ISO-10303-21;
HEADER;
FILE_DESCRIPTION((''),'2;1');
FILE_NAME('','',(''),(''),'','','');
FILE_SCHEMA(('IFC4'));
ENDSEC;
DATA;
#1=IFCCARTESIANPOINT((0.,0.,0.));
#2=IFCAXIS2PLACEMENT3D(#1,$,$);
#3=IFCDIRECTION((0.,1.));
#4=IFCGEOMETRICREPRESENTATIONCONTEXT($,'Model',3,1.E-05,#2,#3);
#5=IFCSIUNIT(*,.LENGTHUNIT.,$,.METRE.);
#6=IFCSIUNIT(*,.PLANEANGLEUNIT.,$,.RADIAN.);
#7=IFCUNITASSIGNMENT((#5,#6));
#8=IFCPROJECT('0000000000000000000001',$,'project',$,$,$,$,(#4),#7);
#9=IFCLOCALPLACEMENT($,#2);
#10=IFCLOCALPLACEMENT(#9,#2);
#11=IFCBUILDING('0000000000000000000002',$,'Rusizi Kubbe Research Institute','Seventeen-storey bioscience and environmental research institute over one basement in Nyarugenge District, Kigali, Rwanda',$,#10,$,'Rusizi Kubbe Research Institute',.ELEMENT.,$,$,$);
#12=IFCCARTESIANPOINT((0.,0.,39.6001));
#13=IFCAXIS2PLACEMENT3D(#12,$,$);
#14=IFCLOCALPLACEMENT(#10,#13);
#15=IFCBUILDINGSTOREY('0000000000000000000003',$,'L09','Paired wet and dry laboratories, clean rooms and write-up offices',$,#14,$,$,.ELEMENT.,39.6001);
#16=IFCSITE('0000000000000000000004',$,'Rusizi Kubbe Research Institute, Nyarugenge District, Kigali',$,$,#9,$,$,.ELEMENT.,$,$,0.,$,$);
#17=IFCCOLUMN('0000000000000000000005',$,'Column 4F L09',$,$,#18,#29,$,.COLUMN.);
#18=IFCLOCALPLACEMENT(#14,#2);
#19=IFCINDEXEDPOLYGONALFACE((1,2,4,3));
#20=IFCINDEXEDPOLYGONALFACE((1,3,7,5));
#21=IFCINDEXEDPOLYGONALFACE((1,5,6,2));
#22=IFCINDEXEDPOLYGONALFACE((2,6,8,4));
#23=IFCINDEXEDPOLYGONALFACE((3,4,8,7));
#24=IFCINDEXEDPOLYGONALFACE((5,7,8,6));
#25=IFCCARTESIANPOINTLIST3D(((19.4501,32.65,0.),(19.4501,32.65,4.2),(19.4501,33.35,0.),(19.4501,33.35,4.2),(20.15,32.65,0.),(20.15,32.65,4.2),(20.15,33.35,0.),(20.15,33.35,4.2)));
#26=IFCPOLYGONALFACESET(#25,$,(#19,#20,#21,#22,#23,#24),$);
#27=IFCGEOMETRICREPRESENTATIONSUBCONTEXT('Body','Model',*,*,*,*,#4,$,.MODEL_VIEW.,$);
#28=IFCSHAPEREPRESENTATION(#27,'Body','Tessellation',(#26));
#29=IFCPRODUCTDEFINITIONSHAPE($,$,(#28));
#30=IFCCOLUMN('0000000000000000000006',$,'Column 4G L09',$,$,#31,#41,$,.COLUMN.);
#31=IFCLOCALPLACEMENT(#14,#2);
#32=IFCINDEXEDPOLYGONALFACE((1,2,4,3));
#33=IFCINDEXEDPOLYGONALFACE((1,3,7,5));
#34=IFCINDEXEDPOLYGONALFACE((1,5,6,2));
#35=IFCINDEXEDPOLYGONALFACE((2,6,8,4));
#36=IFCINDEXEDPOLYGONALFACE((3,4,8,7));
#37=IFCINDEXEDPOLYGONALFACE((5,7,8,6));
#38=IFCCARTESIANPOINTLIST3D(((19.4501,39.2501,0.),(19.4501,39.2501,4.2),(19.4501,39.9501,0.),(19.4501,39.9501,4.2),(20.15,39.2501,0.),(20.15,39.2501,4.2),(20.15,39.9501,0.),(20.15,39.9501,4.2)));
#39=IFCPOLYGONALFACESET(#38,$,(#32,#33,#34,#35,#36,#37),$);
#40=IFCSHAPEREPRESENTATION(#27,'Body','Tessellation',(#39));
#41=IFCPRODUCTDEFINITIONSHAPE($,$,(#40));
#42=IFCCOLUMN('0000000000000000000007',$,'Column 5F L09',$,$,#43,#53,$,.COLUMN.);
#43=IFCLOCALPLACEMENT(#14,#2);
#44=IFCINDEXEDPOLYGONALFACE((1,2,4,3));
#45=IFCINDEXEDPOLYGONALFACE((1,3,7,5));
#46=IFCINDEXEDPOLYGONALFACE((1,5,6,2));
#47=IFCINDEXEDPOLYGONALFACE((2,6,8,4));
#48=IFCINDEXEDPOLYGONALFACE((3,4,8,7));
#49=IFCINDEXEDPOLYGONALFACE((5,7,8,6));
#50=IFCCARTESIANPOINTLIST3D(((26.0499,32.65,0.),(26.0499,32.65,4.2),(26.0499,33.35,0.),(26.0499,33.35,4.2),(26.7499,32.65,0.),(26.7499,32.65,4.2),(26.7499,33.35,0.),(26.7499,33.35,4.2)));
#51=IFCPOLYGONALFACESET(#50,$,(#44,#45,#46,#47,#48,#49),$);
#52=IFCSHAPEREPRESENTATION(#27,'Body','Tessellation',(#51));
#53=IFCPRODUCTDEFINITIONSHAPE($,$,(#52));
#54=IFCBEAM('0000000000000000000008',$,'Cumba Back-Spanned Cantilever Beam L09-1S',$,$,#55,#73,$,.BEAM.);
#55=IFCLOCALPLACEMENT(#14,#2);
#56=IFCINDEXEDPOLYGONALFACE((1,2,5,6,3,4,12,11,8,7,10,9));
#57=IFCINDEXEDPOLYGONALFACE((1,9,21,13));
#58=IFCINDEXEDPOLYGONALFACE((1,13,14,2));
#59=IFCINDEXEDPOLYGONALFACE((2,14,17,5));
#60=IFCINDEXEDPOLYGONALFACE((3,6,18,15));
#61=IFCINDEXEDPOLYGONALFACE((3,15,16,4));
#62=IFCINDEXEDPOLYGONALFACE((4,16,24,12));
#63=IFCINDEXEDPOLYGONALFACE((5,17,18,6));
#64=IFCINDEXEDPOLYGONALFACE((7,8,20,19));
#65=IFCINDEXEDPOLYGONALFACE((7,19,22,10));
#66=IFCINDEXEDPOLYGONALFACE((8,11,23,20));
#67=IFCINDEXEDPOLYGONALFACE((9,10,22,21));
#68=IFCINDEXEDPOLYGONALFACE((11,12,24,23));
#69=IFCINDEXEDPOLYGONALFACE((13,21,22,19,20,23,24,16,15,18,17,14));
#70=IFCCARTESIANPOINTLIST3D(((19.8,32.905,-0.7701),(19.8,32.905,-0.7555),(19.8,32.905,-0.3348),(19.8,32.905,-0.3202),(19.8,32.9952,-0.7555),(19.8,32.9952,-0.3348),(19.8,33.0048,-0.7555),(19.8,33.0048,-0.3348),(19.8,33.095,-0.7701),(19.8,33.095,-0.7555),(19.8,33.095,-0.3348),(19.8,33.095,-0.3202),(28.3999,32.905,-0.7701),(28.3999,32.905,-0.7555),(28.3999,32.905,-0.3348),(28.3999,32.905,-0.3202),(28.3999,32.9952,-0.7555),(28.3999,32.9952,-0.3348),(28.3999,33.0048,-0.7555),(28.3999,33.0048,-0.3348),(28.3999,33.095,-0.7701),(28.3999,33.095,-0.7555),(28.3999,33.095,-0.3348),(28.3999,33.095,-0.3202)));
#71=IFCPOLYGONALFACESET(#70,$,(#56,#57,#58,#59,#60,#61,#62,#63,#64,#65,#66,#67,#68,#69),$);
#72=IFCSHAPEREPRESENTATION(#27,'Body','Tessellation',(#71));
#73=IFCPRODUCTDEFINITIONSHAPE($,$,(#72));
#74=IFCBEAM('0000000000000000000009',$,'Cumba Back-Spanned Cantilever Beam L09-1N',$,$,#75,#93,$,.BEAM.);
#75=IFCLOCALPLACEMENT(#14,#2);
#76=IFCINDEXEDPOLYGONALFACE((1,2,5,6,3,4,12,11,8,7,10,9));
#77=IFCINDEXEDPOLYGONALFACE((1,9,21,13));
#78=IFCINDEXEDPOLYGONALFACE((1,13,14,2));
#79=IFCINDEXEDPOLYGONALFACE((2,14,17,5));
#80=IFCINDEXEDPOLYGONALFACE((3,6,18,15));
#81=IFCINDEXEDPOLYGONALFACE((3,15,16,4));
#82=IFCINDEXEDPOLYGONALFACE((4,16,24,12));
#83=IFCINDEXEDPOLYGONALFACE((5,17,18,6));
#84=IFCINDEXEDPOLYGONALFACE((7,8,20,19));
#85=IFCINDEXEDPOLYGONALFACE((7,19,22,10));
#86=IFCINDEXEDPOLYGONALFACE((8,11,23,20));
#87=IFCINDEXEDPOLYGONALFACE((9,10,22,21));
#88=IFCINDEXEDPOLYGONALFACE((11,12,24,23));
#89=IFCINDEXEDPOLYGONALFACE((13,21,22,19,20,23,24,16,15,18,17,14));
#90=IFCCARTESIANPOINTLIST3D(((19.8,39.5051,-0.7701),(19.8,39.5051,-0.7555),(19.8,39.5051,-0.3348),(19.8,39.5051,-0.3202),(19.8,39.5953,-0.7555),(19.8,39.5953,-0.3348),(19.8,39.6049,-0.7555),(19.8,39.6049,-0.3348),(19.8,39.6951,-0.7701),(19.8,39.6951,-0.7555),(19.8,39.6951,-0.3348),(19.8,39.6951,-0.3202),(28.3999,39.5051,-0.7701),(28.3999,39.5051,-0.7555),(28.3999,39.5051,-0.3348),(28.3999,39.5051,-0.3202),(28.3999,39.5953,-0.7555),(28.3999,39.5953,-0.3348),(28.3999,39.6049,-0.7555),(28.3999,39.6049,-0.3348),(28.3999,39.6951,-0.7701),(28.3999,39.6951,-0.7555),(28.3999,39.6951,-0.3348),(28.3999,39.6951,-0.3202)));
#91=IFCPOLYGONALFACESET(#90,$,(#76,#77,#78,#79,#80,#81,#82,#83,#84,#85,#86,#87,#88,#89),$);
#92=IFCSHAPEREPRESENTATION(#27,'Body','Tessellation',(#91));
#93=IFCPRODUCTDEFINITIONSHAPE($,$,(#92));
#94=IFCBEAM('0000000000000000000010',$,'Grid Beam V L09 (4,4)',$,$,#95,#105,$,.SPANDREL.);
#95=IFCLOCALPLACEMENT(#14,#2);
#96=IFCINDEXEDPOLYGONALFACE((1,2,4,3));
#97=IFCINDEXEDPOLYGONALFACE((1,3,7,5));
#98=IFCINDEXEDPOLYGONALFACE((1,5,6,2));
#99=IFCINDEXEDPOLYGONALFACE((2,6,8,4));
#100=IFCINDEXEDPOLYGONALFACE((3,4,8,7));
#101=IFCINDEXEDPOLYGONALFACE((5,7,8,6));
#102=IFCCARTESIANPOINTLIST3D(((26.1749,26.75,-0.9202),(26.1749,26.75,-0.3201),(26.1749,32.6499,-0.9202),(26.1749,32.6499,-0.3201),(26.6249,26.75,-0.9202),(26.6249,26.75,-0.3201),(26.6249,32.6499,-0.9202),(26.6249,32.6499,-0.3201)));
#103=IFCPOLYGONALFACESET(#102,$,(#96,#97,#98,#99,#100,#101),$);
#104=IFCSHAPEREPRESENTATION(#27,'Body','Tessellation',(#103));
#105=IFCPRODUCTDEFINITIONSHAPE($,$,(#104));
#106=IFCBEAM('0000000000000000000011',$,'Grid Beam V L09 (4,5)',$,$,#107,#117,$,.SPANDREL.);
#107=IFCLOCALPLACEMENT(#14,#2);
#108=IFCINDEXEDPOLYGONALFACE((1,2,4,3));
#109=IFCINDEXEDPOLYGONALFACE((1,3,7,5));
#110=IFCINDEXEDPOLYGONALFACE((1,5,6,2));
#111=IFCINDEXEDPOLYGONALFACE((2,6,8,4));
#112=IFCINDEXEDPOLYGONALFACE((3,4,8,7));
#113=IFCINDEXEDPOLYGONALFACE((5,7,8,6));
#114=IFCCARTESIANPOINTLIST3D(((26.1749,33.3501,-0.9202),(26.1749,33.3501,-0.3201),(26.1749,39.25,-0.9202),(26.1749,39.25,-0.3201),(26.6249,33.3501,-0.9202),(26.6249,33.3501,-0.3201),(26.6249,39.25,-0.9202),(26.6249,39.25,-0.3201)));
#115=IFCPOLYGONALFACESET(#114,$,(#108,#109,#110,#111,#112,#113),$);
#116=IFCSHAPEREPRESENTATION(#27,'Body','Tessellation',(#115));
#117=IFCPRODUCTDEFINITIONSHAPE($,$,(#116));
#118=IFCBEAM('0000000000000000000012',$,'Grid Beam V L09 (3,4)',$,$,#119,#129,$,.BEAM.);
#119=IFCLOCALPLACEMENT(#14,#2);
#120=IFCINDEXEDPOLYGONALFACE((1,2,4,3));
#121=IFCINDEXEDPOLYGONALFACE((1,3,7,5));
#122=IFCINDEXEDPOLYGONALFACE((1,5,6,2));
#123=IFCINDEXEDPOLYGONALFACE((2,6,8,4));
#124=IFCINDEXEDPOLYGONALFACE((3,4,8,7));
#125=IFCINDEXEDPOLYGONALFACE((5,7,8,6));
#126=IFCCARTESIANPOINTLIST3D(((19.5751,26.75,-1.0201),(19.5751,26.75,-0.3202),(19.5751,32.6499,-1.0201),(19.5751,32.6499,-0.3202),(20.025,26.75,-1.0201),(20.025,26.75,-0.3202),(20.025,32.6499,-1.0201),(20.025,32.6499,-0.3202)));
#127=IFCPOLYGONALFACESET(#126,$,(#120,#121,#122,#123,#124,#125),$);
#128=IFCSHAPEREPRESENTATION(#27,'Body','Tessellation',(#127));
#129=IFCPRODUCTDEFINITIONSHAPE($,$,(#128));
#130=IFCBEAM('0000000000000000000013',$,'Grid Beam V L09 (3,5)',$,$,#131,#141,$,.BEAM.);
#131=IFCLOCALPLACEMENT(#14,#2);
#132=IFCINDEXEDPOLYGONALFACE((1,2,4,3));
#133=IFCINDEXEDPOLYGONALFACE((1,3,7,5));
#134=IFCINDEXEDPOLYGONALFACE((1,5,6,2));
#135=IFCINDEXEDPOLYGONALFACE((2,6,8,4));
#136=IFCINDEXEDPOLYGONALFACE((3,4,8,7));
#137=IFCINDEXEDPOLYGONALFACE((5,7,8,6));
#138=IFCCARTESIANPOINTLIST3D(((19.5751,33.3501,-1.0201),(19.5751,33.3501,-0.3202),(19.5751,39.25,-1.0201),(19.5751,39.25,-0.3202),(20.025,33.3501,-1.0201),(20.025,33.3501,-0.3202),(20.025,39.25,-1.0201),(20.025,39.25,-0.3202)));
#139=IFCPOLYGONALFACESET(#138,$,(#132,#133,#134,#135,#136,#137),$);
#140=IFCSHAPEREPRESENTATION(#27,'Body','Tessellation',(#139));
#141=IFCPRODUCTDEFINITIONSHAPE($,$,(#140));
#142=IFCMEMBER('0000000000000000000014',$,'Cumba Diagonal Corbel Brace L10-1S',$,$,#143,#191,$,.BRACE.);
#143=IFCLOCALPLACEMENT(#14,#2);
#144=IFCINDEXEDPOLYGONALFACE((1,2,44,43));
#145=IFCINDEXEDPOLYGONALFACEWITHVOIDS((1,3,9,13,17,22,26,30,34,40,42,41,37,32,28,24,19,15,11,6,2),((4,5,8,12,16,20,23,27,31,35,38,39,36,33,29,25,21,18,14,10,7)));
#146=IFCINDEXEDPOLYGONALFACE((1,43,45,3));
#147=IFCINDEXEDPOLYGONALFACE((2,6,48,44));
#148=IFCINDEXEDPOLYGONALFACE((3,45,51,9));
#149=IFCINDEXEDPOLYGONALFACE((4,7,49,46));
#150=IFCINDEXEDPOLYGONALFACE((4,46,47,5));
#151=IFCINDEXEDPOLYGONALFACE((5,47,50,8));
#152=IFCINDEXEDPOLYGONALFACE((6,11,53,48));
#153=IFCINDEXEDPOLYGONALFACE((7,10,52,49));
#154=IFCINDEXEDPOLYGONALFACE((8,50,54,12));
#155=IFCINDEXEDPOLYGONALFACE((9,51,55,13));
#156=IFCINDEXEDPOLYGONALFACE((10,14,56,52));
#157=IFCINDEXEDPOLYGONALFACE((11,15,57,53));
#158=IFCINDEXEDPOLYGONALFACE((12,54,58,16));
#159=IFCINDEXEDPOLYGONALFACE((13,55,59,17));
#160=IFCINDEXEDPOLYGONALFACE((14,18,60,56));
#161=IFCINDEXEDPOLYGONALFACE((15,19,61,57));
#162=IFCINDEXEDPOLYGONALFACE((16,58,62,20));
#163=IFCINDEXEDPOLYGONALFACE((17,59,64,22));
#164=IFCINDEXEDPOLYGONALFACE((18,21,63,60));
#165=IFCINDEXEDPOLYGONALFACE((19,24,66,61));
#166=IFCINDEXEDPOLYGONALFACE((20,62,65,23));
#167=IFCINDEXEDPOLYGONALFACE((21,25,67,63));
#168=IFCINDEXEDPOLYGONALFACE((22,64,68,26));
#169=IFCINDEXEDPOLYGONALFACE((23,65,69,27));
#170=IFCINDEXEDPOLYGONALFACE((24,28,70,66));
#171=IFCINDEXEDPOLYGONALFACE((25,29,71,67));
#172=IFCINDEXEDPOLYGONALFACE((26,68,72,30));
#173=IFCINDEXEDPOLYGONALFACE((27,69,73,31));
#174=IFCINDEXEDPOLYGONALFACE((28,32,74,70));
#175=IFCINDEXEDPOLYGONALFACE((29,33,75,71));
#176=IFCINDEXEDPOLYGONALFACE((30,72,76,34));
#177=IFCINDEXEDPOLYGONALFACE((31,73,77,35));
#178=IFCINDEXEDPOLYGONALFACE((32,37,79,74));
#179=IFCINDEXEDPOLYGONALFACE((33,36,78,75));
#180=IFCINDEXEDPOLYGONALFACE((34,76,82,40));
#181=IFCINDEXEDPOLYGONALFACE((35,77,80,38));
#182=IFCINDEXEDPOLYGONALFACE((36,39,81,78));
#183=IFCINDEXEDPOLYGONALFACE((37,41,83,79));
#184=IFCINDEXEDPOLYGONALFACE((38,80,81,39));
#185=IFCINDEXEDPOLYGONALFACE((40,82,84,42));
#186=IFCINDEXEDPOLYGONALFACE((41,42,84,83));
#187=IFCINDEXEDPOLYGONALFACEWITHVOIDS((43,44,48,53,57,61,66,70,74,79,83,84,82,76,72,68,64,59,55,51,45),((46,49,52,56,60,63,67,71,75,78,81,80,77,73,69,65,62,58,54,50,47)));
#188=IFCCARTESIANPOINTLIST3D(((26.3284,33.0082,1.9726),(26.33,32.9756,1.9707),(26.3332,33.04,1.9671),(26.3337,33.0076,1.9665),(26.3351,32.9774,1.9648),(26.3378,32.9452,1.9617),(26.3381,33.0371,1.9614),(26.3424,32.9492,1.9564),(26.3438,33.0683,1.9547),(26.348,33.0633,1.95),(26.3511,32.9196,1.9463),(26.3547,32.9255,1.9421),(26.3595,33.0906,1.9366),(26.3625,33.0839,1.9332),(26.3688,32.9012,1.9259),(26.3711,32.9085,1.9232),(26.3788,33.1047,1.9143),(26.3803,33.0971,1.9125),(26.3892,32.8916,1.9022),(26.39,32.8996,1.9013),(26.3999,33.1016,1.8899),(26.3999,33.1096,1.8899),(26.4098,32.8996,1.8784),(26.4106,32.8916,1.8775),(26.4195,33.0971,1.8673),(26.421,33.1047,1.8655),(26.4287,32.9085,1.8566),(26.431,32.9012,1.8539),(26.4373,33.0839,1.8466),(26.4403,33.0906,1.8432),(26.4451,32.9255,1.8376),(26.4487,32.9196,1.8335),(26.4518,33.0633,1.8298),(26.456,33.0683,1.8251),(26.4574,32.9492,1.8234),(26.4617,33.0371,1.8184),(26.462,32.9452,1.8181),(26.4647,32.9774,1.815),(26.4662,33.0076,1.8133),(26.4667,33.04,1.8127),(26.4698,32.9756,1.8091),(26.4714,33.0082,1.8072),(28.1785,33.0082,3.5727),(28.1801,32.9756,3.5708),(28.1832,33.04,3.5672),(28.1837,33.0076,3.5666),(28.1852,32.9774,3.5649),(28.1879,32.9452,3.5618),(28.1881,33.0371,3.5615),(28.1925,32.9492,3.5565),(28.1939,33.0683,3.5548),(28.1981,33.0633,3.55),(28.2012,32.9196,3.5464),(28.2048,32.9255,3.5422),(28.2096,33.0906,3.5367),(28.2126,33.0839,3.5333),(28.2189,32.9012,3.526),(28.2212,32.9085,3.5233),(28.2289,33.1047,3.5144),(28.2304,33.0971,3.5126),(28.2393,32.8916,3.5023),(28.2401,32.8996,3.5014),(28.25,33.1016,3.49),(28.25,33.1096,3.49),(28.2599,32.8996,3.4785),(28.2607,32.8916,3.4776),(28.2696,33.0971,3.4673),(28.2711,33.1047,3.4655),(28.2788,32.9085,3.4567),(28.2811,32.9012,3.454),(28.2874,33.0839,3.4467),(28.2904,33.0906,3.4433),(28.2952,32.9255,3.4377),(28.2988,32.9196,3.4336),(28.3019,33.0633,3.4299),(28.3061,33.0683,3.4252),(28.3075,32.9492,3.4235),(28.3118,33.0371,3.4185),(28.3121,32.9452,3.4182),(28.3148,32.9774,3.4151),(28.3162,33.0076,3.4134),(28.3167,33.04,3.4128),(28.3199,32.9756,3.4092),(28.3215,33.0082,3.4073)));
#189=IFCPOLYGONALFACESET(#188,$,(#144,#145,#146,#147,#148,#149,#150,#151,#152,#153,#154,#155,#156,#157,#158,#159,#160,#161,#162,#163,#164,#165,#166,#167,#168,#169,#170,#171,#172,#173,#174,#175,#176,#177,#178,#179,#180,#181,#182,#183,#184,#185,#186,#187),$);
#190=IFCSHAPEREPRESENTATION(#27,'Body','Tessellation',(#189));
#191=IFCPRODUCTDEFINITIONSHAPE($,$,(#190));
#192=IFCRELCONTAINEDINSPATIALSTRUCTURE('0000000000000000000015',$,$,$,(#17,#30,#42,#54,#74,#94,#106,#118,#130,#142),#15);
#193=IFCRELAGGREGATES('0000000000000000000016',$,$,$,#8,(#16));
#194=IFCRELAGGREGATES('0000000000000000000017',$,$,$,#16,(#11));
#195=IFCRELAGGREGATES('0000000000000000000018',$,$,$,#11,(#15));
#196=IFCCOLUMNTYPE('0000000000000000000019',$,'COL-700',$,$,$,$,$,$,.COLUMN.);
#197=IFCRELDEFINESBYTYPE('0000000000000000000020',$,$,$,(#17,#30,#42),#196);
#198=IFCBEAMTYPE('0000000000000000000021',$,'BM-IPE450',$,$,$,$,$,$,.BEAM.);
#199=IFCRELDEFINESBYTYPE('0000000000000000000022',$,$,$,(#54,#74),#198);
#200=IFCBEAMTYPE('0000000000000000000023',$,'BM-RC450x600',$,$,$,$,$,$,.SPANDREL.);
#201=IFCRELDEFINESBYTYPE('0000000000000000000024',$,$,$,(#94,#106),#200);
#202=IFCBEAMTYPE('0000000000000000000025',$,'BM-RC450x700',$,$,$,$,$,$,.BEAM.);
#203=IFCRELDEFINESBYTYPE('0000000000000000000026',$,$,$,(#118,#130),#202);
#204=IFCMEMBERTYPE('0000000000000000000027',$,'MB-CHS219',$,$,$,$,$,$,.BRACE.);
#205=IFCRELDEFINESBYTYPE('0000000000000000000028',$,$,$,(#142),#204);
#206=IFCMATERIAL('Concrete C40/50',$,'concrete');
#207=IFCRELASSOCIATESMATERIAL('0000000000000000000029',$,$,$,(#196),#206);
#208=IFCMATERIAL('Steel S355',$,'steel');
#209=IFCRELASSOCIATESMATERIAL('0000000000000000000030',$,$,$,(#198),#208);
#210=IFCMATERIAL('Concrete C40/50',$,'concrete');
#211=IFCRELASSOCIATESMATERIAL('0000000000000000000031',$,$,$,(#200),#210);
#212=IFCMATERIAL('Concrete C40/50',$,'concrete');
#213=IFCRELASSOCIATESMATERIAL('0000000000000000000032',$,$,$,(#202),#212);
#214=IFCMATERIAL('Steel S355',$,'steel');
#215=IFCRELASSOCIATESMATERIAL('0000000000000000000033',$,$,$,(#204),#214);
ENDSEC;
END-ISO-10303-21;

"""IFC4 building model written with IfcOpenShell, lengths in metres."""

from ifc_helpers import new_model, si_unit, direction, frame, origin, origin_2d, place, context, subcontext, project, spatial, rectangle, hollow_circle, i_section, extrude, material, material_profile, profile_set, type_object, element, save


model = new_model("IFC4")

# Units and contexts
model_context = context("Model", 3, precision=1e-05, world=origin(), true_north=direction((0.0, 1.0)))
body_context = subcontext(model_context, "Body", "Model", "MODEL_VIEW")
ifc_project = project(units=[si_unit("LENGTHUNIT", "METRE"), si_unit("PLANEANGLEUNIT", "RADIAN")], contexts=[model_context])

# Site, building, storey
site_placement = place(None, origin())
site = spatial("IfcSite", under=ifc_project, at=site_placement, Name="Rusizi Kubbe Research Institute, Nyarugenge District, Kigali", CompositionType="ELEMENT", RefElevation=0.0)
building_placement = place(site_placement, origin())
building = spatial("IfcBuilding", under=site, at=building_placement, Name="Rusizi Kubbe Research Institute", Description="Seventeen-storey bioscience and environmental research institute over one basement in Nyarugenge District, Kigali, Rwanda", LongName="Rusizi Kubbe Research Institute", CompositionType="ELEMENT")
storey_placement = place(building_placement, frame((0.0, 0.0, 39.6001)))
storey = spatial("IfcBuildingStorey", under=building, at=storey_placement, Name="L09", Description="Paired wet and dry laboratories, clean rooms and write-up offices", CompositionType="ELEMENT", Elevation=39.6001)

# Columns
ifc_material_1 = material(Name="Concrete C40/50", Category="concrete")
ifc_material_profile_1 = material_profile(ifc_material_1, rectangle(XDim=0.7, YDim=0.7, at=origin_2d()), Name="RC700x700")
ifc_profile_set_1 = profile_set([ifc_material_profile_1], Name="Concrete C40/50")
column_type = type_object("IfcColumnType", Name="COL-700", PredefinedType="COLUMN", material=ifc_profile_set_1)
for number, where, z_axis, x_axis, name in (
    (1, (19.8, 33.0, 0.0), (0.0, 0.0, 1.0), (1.0, 0.0, 0.0), "Column 4F L09"),
    (2, (19.8, 39.6001, 0.0), (0.0, 0.0, 1.0), (1.0, 0.0, 0.0), "Column 4G L09"),
    (3, (26.3999, 33.0, 0.0), (0.0, 0.0, 1.0), (1.0, 0.0, 0.0), "Column 5F L09"),
):
    element("IfcColumn", number, at=place(storey_placement, frame(where, z_axis=z_axis, x_axis=x_axis)), inside=storey, type_object=column_type, Name=name, PredefinedType="COLUMN", context=body_context, shape_type="SweptSolid", body=[
        extrude(rectangle(XDim=0.7, YDim=0.7, at=origin_2d()), origin(), (0.0, 0.0, 1.0), 4.2),
    ])

# Beams
ifc_material_2 = material(Name="Steel S355", Category="steel")
ifc_material_profile_2 = material_profile(ifc_material_2, i_section(OverallWidth=0.1899, OverallDepth=0.45, WebThickness=0.0095, FlangeThickness=0.0146, at=origin_2d()), Name="IPE 450")
ifc_profile_set_2 = profile_set([ifc_material_profile_2], Name="Steel S355")
beam_type_1 = type_object("IfcBeamType", Name="BM-IPE450", PredefinedType="BEAM", material=ifc_profile_set_2)
for number, where, z_axis, x_axis, name in (
    (4, (19.8, 33.0, -0.5452), (1.0, 0.0, 0.0), (0.0, 1.0, 0.0), "Cumba Back-Spanned Cantilever Beam L09-1S"),
    (5, (19.8, 39.6001, -0.5452), (1.0, 0.0, 0.0), (0.0, 1.0, 0.0), "Cumba Back-Spanned Cantilever Beam L09-1N"),
):
    element("IfcBeam", number, at=place(storey_placement, frame(where, z_axis=z_axis, x_axis=x_axis)), inside=storey, type_object=beam_type_1, Name=name, PredefinedType="BEAM", context=body_context, shape_type="SweptSolid", body=[
        extrude(i_section(OverallWidth=0.1899, OverallDepth=0.45, WebThickness=0.0095, FlangeThickness=0.0146, at=origin_2d()), origin(), (0.0, 0.0, 1.0), 8.5999),
    ])
ifc_material_3 = material(Name="Concrete C40/50", Category="concrete")
ifc_material_profile_3 = material_profile(ifc_material_3, rectangle(XDim=0.45, YDim=0.6001, at=origin_2d()), Name="RC450x600")
ifc_profile_set_3 = profile_set([ifc_material_profile_3], Name="Concrete C40/50")
beam_type_2 = type_object("IfcBeamType", Name="BM-RC450x600", PredefinedType="SPANDREL", material=ifc_profile_set_3)
for number, where, z_axis, x_axis, name in (
    (6, (26.3999, 26.75, -0.6201), (0.0, 1.0, 0.0), (-1.0, 0.0, 0.0), "Grid Beam V L09 (4,4)"),
    (7, (26.3999, 33.3501, -0.6201), (0.0, 1.0, 0.0), (-1.0, 0.0, 0.0), "Grid Beam V L09 (4,5)"),
):
    element("IfcBeam", number, at=place(storey_placement, frame(where, z_axis=z_axis, x_axis=x_axis)), inside=storey, type_object=beam_type_2, Name=name, PredefinedType="SPANDREL", context=body_context, shape_type="SweptSolid", body=[
        extrude(rectangle(XDim=0.45, YDim=0.6001, at=origin_2d()), origin(), (0.0, 0.0, 1.0), 5.8999),
    ])
ifc_material_4 = material(Name="Concrete C40/50", Category="concrete")
ifc_material_profile_4 = material_profile(ifc_material_4, rectangle(XDim=0.45, YDim=0.7, at=origin_2d()), Name="RC450x700B")
ifc_profile_set_4 = profile_set([ifc_material_profile_4], Name="Concrete C40/50")
beam_type_3 = type_object("IfcBeamType", Name="BM-RC450x700", PredefinedType="BEAM", material=ifc_profile_set_4)
for number, where, z_axis, x_axis, name in (
    (8, (19.8, 26.75, -0.6702), (0.0, 1.0, 0.0), (-1.0, 0.0, 0.0), "Grid Beam V L09 (3,4)"),
    (9, (19.8, 33.3501, -0.6702), (0.0, 1.0, 0.0), (-1.0, 0.0, 0.0), "Grid Beam V L09 (3,5)"),
):
    element("IfcBeam", number, at=place(storey_placement, frame(where, z_axis=z_axis, x_axis=x_axis)), inside=storey, type_object=beam_type_3, Name=name, PredefinedType="BEAM", context=body_context, shape_type="SweptSolid", body=[
        extrude(rectangle(XDim=0.45, YDim=0.7, at=origin_2d()), origin(), (0.0, 0.0, 1.0), 5.8999),
    ])

# Member
ifc_material_5 = material(Name="Steel S355", Category="steel")
ifc_material_profile_5 = material_profile(ifc_material_5, hollow_circle(Radius=0.1096, WallThickness=0.0081, at=origin_2d()), Name="CHS 219.1x8.0")
ifc_profile_set_5 = profile_set([ifc_material_profile_5], Name="Steel S355")
member_type_1 = type_object("IfcMemberType", Name="MB-CHS219", PredefinedType="BRACE", material=ifc_profile_set_5)
member_1_placement = place(storey_placement, frame((26.3999, 33.0, 1.8899), z_axis=(0.756361, 0.0, 0.654155), x_axis=(0.0, 1.0, 0.0)))
element("IfcMember", 10, at=member_1_placement, inside=storey, type_object=member_type_1, Name="Cumba Diagonal Corbel Brace L10-1S", PredefinedType="BRACE", context=body_context, shape_type="SweptSolid", body=[
    extrude(hollow_circle(Radius=0.1096, WallThickness=0.0081, at=origin_2d()), origin(), (0.0, 0.0, 1.0), 2.446),
])

save(model, "model.ifc")
